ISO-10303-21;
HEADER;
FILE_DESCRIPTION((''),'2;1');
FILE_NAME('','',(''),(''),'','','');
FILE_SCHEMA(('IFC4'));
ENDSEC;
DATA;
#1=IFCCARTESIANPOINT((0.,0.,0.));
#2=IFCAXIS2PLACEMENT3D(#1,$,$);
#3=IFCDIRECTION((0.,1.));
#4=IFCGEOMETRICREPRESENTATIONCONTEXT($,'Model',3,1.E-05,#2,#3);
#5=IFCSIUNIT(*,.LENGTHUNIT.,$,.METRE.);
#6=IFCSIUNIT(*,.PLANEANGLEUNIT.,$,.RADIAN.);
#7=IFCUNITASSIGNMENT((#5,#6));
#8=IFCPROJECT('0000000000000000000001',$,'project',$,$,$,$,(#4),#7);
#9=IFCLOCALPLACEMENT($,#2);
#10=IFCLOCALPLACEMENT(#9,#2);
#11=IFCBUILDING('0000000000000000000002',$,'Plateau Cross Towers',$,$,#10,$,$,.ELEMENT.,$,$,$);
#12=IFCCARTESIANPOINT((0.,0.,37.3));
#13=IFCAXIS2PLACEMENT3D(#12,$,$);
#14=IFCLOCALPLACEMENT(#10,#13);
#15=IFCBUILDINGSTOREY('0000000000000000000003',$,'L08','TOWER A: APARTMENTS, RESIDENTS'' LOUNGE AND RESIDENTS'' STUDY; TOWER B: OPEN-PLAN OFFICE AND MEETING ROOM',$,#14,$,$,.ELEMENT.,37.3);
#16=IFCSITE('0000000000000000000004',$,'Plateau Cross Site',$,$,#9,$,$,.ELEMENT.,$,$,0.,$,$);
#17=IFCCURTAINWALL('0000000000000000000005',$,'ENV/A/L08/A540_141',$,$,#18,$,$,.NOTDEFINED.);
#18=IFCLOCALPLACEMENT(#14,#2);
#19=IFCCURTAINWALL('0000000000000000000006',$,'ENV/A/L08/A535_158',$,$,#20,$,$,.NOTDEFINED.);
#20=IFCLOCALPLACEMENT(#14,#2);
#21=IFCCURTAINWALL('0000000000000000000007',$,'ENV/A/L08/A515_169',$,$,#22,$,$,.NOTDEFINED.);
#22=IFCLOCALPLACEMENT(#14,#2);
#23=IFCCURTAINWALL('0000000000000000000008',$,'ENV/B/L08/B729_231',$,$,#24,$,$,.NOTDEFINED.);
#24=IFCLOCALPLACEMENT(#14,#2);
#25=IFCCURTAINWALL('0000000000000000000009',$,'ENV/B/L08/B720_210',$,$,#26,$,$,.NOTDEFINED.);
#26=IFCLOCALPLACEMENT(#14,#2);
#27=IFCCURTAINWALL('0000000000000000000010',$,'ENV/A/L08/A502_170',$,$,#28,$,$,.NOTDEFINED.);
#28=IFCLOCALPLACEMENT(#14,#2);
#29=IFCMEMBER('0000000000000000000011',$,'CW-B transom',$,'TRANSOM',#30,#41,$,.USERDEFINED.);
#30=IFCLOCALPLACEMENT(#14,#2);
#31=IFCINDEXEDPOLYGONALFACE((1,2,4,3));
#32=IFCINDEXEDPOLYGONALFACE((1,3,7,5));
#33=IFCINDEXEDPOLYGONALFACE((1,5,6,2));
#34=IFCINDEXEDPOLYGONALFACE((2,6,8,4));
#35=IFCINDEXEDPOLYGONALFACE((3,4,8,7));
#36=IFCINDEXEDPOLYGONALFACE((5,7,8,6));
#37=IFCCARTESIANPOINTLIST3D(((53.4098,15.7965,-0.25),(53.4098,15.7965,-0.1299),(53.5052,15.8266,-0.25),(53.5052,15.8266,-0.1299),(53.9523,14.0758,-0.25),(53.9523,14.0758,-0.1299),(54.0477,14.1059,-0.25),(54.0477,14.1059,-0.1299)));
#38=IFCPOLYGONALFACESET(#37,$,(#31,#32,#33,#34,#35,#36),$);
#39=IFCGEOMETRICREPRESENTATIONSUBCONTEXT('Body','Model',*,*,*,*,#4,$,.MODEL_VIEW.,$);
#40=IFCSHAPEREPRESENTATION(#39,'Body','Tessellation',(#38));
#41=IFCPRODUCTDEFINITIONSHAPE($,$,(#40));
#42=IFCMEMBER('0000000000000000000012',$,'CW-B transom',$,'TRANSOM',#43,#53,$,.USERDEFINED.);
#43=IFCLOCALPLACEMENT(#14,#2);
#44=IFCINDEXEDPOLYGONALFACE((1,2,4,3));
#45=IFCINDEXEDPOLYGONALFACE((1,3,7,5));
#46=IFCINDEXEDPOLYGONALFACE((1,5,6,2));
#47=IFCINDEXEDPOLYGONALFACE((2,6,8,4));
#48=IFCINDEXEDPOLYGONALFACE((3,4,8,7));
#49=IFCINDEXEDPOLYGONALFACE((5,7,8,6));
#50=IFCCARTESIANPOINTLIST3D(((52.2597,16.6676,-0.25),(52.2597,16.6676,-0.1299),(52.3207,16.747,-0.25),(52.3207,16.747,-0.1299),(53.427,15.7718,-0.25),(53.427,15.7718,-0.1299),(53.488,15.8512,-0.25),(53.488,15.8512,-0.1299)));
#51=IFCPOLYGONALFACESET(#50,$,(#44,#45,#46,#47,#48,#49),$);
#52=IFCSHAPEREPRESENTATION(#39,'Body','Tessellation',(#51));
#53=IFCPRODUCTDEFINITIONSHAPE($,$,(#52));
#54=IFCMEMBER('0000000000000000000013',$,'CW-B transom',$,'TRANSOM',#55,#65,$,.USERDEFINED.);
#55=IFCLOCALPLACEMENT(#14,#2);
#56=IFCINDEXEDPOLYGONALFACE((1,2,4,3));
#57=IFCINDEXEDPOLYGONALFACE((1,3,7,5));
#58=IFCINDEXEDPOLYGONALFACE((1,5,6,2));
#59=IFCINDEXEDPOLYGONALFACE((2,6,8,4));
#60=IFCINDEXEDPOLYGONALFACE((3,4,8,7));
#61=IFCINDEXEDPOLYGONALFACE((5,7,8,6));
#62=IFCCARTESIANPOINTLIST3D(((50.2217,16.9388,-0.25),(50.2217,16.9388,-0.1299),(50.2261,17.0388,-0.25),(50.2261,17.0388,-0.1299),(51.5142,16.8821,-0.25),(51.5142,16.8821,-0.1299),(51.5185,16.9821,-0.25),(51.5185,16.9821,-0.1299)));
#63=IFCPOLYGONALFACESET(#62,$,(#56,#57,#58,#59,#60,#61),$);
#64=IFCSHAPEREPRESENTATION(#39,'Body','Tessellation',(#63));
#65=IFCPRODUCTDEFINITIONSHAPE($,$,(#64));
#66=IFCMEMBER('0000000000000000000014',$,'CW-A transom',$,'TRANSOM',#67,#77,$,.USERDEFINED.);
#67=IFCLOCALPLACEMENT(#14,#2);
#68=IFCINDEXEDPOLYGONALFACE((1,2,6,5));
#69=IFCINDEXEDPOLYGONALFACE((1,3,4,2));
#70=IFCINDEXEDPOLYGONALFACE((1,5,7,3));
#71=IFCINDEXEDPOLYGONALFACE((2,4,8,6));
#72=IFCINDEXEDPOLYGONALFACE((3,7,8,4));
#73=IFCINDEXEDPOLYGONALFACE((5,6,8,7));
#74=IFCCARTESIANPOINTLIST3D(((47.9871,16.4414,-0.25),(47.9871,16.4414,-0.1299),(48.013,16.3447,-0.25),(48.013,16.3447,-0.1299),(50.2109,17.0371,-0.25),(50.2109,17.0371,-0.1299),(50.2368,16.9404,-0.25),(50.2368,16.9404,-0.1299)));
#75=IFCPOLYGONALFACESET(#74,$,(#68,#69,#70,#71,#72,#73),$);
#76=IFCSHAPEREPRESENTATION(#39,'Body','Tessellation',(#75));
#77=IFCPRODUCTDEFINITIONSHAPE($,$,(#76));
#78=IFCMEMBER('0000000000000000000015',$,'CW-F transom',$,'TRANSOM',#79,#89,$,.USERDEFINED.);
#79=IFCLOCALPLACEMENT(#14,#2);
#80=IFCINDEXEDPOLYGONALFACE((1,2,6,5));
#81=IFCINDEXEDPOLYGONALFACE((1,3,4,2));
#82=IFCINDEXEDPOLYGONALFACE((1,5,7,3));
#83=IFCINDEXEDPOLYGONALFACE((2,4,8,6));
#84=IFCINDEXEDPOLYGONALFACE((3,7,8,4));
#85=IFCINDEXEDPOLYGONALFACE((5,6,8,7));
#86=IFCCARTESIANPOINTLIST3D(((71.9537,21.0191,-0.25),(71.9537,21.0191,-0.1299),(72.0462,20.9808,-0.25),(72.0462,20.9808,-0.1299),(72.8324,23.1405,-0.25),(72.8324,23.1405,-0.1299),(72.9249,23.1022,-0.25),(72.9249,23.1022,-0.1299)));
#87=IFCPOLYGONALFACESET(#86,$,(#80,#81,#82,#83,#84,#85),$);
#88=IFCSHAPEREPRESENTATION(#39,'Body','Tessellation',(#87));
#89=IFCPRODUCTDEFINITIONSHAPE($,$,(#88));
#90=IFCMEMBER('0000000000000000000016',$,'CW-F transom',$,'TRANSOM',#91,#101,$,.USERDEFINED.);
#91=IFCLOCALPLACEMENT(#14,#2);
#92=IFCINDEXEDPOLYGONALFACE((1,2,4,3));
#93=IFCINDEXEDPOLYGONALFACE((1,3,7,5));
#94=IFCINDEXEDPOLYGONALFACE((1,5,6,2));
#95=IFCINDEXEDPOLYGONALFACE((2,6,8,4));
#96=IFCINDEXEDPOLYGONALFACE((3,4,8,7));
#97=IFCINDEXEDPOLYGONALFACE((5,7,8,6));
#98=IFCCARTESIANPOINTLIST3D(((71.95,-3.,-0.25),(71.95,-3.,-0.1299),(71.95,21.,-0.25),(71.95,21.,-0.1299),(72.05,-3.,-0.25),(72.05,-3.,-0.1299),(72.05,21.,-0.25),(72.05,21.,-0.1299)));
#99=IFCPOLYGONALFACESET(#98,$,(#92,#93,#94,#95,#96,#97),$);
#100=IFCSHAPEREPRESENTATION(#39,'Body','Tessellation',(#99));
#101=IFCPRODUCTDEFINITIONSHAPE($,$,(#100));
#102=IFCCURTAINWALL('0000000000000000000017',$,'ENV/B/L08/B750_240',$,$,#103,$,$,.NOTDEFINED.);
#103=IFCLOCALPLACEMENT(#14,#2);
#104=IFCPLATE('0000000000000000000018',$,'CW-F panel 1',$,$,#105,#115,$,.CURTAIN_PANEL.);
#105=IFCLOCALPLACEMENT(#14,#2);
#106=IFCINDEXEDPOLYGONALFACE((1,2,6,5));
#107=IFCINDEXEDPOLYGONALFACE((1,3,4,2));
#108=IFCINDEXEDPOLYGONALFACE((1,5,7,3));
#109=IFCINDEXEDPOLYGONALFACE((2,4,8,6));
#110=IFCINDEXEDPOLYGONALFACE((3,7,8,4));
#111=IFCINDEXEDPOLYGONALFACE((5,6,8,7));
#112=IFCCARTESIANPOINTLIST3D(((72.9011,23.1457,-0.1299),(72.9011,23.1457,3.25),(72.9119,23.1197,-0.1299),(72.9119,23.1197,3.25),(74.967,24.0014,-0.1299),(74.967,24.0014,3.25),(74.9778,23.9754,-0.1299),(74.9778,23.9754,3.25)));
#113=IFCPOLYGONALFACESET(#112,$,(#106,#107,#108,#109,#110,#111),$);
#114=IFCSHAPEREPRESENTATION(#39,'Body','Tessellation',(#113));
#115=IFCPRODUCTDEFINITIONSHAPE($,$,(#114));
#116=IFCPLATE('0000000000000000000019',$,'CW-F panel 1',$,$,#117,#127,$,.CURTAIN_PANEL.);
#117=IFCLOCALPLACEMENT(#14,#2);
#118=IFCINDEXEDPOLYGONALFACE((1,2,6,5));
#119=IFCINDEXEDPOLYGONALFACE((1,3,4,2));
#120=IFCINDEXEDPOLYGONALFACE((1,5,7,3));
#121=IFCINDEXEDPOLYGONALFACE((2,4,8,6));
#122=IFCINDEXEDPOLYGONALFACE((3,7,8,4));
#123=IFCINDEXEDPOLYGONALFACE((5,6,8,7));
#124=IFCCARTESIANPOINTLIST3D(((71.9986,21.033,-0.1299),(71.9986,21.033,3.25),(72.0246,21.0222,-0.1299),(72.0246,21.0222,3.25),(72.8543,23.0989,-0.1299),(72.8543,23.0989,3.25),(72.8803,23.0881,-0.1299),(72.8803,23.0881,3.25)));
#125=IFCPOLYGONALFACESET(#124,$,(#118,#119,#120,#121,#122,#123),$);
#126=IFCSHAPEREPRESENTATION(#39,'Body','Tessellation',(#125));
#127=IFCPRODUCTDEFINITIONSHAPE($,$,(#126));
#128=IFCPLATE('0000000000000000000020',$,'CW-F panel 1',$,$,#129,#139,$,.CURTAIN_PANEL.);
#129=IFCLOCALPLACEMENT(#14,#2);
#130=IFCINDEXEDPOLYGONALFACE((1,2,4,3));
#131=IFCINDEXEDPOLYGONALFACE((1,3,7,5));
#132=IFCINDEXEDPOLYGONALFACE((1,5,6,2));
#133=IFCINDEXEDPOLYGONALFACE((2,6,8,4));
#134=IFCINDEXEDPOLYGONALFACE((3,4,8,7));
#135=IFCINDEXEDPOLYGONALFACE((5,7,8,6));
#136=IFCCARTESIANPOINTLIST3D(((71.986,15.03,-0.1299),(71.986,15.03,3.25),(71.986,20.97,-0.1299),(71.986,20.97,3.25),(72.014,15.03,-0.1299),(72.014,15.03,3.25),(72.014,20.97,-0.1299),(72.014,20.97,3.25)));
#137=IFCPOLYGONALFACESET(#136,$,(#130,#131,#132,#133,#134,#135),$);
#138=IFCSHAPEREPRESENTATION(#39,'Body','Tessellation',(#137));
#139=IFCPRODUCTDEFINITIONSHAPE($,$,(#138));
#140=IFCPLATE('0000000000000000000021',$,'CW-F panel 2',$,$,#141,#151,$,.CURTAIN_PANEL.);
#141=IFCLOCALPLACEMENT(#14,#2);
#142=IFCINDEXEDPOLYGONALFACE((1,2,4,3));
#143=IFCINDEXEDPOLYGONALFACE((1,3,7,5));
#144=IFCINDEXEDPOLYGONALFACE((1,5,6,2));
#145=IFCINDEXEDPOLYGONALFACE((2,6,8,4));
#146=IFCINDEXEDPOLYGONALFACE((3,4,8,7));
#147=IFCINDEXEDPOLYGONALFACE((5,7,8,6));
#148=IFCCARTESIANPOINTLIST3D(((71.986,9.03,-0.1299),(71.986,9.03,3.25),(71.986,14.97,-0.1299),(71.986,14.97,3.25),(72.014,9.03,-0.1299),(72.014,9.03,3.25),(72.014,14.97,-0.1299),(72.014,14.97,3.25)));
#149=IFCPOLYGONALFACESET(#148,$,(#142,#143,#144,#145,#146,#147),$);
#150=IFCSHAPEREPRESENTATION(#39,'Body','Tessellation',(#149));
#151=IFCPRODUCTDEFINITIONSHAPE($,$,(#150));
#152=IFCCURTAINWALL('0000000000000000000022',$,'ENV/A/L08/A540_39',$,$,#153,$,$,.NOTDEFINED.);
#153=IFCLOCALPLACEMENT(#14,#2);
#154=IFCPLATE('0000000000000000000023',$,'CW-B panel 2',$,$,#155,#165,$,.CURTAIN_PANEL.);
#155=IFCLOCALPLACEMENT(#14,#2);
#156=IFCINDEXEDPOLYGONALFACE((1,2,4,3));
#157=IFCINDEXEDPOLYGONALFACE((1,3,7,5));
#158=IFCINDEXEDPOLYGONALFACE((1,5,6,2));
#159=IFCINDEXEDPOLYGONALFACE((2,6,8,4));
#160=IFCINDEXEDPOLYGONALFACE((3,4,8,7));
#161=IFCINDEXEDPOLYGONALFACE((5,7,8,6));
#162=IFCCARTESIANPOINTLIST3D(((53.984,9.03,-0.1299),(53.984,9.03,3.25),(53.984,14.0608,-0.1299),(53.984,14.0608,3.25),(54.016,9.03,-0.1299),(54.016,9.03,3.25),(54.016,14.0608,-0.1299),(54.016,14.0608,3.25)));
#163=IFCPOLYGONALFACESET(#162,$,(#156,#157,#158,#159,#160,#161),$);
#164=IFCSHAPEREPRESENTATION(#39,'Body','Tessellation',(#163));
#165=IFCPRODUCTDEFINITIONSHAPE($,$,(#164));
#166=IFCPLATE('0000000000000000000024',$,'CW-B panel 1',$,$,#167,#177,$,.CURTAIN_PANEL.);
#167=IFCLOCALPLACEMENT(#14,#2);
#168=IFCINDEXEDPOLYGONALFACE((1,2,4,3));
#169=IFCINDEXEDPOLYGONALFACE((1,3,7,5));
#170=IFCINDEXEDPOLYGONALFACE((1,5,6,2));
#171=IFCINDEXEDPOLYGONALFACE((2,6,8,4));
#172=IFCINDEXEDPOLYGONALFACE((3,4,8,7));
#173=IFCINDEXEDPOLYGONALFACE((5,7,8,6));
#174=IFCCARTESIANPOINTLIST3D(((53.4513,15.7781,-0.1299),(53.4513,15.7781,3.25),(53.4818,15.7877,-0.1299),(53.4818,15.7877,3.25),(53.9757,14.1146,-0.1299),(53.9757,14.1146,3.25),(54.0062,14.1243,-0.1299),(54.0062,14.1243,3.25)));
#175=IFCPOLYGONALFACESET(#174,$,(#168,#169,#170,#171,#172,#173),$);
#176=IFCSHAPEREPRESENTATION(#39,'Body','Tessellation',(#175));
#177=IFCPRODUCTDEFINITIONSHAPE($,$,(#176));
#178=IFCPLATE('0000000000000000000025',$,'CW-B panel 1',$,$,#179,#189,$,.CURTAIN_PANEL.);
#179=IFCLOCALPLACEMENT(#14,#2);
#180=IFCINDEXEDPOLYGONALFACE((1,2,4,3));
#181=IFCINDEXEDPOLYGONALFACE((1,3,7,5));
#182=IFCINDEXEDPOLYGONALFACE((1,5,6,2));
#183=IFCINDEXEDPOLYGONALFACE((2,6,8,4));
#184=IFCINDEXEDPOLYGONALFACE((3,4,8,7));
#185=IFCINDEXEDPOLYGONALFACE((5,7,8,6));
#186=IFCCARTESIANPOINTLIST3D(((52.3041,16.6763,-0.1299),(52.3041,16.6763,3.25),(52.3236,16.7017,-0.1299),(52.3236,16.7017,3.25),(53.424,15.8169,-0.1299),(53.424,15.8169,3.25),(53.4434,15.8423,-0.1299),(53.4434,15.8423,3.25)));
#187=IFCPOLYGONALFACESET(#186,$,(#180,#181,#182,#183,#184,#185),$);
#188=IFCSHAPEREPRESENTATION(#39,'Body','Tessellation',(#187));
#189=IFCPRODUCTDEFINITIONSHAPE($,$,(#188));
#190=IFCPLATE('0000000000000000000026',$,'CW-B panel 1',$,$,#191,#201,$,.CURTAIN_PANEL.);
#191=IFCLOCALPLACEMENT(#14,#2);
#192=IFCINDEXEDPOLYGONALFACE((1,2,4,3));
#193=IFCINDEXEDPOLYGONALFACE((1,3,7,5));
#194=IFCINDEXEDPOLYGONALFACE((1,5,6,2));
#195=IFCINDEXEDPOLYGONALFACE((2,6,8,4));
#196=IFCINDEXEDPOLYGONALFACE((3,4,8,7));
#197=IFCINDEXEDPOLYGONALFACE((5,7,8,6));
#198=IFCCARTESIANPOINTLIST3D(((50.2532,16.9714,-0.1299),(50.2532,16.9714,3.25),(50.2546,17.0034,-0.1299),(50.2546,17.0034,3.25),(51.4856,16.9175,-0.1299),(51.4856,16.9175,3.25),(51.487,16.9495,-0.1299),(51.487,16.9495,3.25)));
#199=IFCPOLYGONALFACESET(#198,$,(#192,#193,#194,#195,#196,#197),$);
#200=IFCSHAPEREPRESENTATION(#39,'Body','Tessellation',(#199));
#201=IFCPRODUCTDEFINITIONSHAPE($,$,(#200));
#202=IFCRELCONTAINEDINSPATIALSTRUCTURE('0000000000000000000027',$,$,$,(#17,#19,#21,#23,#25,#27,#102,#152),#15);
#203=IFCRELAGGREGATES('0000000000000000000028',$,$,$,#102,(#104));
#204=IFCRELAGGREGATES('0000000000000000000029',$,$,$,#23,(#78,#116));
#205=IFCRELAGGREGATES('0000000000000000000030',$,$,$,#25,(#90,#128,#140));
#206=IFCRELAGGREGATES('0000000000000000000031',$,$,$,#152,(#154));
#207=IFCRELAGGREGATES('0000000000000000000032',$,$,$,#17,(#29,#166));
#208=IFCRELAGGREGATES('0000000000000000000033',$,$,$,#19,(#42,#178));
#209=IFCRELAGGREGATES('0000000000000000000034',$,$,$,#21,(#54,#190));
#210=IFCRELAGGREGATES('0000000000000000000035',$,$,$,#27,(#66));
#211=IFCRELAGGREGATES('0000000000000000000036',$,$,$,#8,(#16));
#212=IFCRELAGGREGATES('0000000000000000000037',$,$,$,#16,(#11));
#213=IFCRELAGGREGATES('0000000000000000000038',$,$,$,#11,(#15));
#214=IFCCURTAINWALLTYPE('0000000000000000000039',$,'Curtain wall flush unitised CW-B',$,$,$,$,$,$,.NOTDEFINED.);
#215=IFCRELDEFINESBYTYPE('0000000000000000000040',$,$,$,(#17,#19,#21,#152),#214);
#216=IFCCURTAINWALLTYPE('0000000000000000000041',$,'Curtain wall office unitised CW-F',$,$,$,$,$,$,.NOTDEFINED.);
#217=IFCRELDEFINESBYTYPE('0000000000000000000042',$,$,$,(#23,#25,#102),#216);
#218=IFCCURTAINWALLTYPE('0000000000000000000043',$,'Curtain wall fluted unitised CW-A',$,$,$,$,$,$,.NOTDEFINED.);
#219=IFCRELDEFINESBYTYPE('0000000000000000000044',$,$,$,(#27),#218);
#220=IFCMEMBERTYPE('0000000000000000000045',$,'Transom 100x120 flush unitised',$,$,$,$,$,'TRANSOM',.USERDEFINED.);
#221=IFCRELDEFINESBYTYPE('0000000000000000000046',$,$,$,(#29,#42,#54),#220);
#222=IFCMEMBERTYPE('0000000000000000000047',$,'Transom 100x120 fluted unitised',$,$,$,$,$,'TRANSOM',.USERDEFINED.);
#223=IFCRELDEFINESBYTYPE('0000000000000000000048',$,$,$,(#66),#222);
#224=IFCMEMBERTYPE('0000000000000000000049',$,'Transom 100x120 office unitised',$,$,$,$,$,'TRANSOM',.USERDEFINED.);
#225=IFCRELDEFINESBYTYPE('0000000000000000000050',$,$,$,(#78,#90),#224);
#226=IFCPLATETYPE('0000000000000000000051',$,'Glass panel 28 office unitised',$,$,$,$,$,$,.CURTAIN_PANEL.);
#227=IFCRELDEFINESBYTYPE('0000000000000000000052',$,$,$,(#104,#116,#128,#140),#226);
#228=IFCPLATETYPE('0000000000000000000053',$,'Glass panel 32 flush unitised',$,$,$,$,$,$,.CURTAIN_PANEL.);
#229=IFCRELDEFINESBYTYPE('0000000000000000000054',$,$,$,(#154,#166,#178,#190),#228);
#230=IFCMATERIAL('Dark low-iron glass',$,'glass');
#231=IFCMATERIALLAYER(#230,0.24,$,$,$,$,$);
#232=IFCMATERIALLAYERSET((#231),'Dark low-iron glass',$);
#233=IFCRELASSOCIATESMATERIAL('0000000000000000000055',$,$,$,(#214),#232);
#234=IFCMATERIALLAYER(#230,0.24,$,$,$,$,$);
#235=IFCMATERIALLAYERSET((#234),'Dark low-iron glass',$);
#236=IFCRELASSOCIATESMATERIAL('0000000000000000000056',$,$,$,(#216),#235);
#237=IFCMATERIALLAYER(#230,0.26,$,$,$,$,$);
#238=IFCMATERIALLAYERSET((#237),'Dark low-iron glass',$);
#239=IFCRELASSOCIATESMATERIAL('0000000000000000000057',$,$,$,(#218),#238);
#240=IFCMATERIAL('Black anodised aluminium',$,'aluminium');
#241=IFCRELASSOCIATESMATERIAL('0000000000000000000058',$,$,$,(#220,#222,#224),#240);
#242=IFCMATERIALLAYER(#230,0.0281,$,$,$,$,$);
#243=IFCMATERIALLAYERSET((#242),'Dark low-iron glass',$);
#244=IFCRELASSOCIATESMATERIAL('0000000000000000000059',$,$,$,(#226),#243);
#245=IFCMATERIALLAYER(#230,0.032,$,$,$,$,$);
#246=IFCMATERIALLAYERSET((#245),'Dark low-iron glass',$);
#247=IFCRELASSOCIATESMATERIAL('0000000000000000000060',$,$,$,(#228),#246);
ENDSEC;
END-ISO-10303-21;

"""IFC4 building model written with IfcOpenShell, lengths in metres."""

from ifc_helpers import new_model, si_unit, direction, frame, origin, origin_2d, place, context, subcontext, project, spatial, rectangle, extrude, material, layer, layer_set, material_profile, profile_set, type_object, element, aggregate, save


model = new_model("IFC4")

# Units and contexts
model_context = context("Model", 3, precision=1e-05, world=origin(), true_north=direction((0.0, 1.0)))
body_context = subcontext(model_context, "Body", "Model", "MODEL_VIEW")
ifc_project = project(units=[si_unit("LENGTHUNIT", "METRE"), si_unit("PLANEANGLEUNIT", "RADIAN")], contexts=[model_context])

# Site, building, storey
site_placement = place(None, origin())
site = spatial("IfcSite", under=ifc_project, at=site_placement, Name="Plateau Cross Site", CompositionType="ELEMENT", RefElevation=0.0)
building_placement = place(site_placement, origin())
building = spatial("IfcBuilding", under=site, at=building_placement, Name="Plateau Cross Towers", CompositionType="ELEMENT")
storey_placement = place(building_placement, frame((0.0, 0.0, 37.3)))
storey = spatial("IfcBuildingStorey", under=building, at=storey_placement, Name="L08", Description="TOWER A: APARTMENTS, RESIDENTS' LOUNGE AND RESIDENTS' STUDY; TOWER B: OPEN-PLAN OFFICE AND MEETING ROOM", CompositionType="ELEMENT", Elevation=37.3)

# Curtain wall
ifc_material_1 = material(Name="Dark low-iron glass", Category="glass")
ifc_layer_1 = layer(ifc_material_1, 0.24)
ifc_layer_set_1 = layer_set([ifc_layer_1], Name="Dark low-iron glass")
curtain_wall_type_1 = type_object("IfcCurtainWallType", Name="Curtain wall flush unitised CW-B", PredefinedType="NOTDEFINED", material=ifc_layer_set_1)
curtain_wall_1_placement = place(storey_placement, origin())
curtain_wall_1 = element("IfcCurtainWall", 1, at=curtain_wall_1_placement, inside=storey, type_object=curtain_wall_type_1, Name="ENV/A/L08/A540_141", PredefinedType="NOTDEFINED")
ifc_material_2 = material(Name="Black anodised aluminium", Category="aluminium")

# Curtain wall
curtain_wall_2_placement = place(storey_placement, origin())
curtain_wall_2 = element("IfcCurtainWall", 2, at=curtain_wall_2_placement, inside=storey, type_object=curtain_wall_type_1, Name="ENV/A/L08/A535_158", PredefinedType="NOTDEFINED")

# Curtain walls
curtain_wall_3_placement = place(storey_placement, origin())
curtain_wall_3 = element("IfcCurtainWall", 3, at=curtain_wall_3_placement, inside=storey, type_object=curtain_wall_type_1, Name="ENV/A/L08/A515_169", PredefinedType="NOTDEFINED")
ifc_layer_2 = layer(ifc_material_1, 0.24)
ifc_layer_set_2 = layer_set([ifc_layer_2], Name="Dark low-iron glass")
curtain_wall_type_2 = type_object("IfcCurtainWallType", Name="Curtain wall office unitised CW-F", PredefinedType="NOTDEFINED", material=ifc_layer_set_2)
curtain_wall_4_placement = place(storey_placement, origin())
curtain_wall_4 = element("IfcCurtainWall", 4, at=curtain_wall_4_placement, inside=storey, type_object=curtain_wall_type_2, Name="ENV/B/L08/B729_231", PredefinedType="NOTDEFINED")

# Curtain wall
curtain_wall_5_placement = place(storey_placement, origin())
curtain_wall_5 = element("IfcCurtainWall", 5, at=curtain_wall_5_placement, inside=storey, type_object=curtain_wall_type_2, Name="ENV/B/L08/B720_210", PredefinedType="NOTDEFINED")

# Curtain wall
ifc_layer_3 = layer(ifc_material_1, 0.26)
ifc_layer_set_3 = layer_set([ifc_layer_3], Name="Dark low-iron glass")
curtain_wall_type_3 = type_object("IfcCurtainWallType", Name="Curtain wall fluted unitised CW-A", PredefinedType="NOTDEFINED", material=ifc_layer_set_3)
curtain_wall_6_placement = place(storey_placement, origin())
curtain_wall_6 = element("IfcCurtainWall", 6, at=curtain_wall_6_placement, inside=storey, type_object=curtain_wall_type_3, Name="ENV/A/L08/A502_170", PredefinedType="NOTDEFINED")

# Members
ifc_material_profile_1 = material_profile(ifc_material_2, rectangle(XDim=0.1001, YDim=0.1201, at=origin_2d()), Name="TRANSOM 100x120")
ifc_profile_set_1 = profile_set([ifc_material_profile_1], Name="Black anodised aluminium")
member_type_1 = type_object("IfcMemberType", Name="Transom 100x120 flush unitised", ElementType="TRANSOM", PredefinedType="USERDEFINED", material=ifc_profile_set_1)
member_1_placement = place(storey_placement, frame((54.0, 14.0908, -0.1899), z_axis=(-0.300678, 0.953726, 0.0), x_axis=(-0.953726, -0.300678, 0.0)))
member_1 = element("IfcMember", 7, at=member_1_placement, type_object=member_type_1, Name="CW-B transom", ObjectType="TRANSOM", PredefinedType="USERDEFINED", context=body_context, shape_type="SweptSolid", body=[
    extrude(rectangle(XDim=0.1001, YDim=0.1201, at=origin_2d()), origin(), (0.0, 0.0, 1.0), 1.8042),
])
member_2_placement = place(storey_placement, frame((53.4575, 15.8115, -0.1899), z_axis=(-0.793321, 0.608804, 0.0), x_axis=(-0.608804, -0.793321, 0.0)))
member_2 = element("IfcMember", 8, at=member_2_placement, type_object=member_type_1, Name="CW-B transom", ObjectType="TRANSOM", PredefinedType="USERDEFINED", context=body_context, shape_type="SweptSolid", body=[
    extrude(rectangle(XDim=0.1001, YDim=0.1201, at=origin_2d()), origin(), (0.0, 0.0, 1.0), 1.4714),
])
member_3_placement = place(storey_placement, frame((51.5164, 16.9321, -0.1899), z_axis=(-0.999041, 0.043781, 0.0), x_axis=(-0.043781, -0.999041, 0.0)))
member_3 = element("IfcMember", 9, at=member_3_placement, type_object=member_type_1, Name="CW-B transom", ObjectType="TRANSOM", PredefinedType="USERDEFINED", context=body_context, shape_type="SweptSolid", body=[
    extrude(rectangle(XDim=0.1001, YDim=0.1201, at=origin_2d()), origin(), (0.0, 0.0, 1.0), 1.2937),
])
ifc_material_profile_2 = material_profile(ifc_material_2, rectangle(XDim=0.1001, YDim=0.1201, at=origin_2d()), Name="TRANSOM 100x120")
ifc_profile_set_2 = profile_set([ifc_material_profile_2], Name="Black anodised aluminium")
member_type_2 = type_object("IfcMemberType", Name="Transom 100x120 fluted unitised", ElementType="TRANSOM", PredefinedType="USERDEFINED", material=ifc_profile_set_2)
member_4_placement = place(storey_placement, frame((50.2239, 16.9888, -0.1899), z_axis=(-0.965946, -0.258745, 0.0), x_axis=(0.258745, -0.965946, 0.0)))
member_4 = element("IfcMember", 10, at=member_4_placement, type_object=member_type_2, Name="CW-A transom", ObjectType="TRANSOM", PredefinedType="USERDEFINED", context=body_context, shape_type="SweptSolid", body=[
    extrude(rectangle(XDim=0.1001, YDim=0.1201, at=origin_2d()), origin(), (0.0, 0.0, 1.0), 2.3022),
])
ifc_material_profile_3 = material_profile(ifc_material_2, rectangle(XDim=0.1001, YDim=0.1201, at=origin_2d()), Name="TRANSOM 100x120")
ifc_profile_set_3 = profile_set([ifc_material_profile_3], Name="Black anodised aluminium")
member_type_3 = type_object("IfcMemberType", Name="Transom 100x120 office unitised", ElementType="TRANSOM", PredefinedType="USERDEFINED", material=ifc_profile_set_3)
member_5_placement = place(storey_placement, frame((72.8787, 23.1213, -0.1899), z_axis=(-0.382674, -0.923883, 0.0), x_axis=(0.923883, -0.382674, 0.0)))
member_5 = element("IfcMember", 11, at=member_5_placement, type_object=member_type_3, Name="CW-F transom", ObjectType="TRANSOM", PredefinedType="USERDEFINED", context=body_context, shape_type="SweptSolid", body=[
    extrude(rectangle(XDim=0.1001, YDim=0.1201, at=origin_2d()), origin(), (0.0, 0.0, 1.0), 2.2961),
])
member_6_placement = place(storey_placement, frame((72.0, 21.0, -0.1899), z_axis=(0.0, -1.0, 0.0), x_axis=(1.0, 0.0, 0.0)))
member_6 = element("IfcMember", 12, at=member_6_placement, type_object=member_type_3, Name="CW-F transom", ObjectType="TRANSOM", PredefinedType="USERDEFINED", context=body_context, shape_type="SweptSolid", body=[
    extrude(rectangle(XDim=0.1001, YDim=0.1201, at=origin_2d()), origin(), (0.0, 0.0, 1.0), 24.0),
])

# Curtain wall, plate
curtain_wall_7_placement = place(storey_placement, origin())
curtain_wall_7 = element("IfcCurtainWall", 13, at=curtain_wall_7_placement, inside=storey, type_object=curtain_wall_type_2, Name="ENV/B/L08/B750_240", PredefinedType="NOTDEFINED")
ifc_layer_4 = layer(ifc_material_1, 0.0281)
ifc_layer_set_4 = layer_set([ifc_layer_4], Name="Dark low-iron glass")
plate_type_1 = type_object("IfcPlateType", Name="Glass panel 28 office unitised", PredefinedType="CURTAIN_PANEL", material=ifc_layer_set_4)
plate_1_placement = place(storey_placement, frame((73.9395, 23.5605, -0.1299), z_axis=(0.0, 0.0, 1.0), x_axis=(-0.923879, -0.382684, 0.0)))
plate_1 = element("IfcPlate", 14, at=plate_1_placement, type_object=plate_type_1, Name="CW-F panel 1", PredefinedType="CURTAIN_PANEL", context=body_context, shape_type="SweptSolid", body=[
    extrude(rectangle(XDim=2.2361, YDim=0.0281, at=origin_2d()), origin(), (0.0, 0.0, 1.0), 3.3799),
])
aggregate(curtain_wall_7, [plate_1])

# Plates
plate_2_placement = place(storey_placement, frame((72.4395, 22.0605, -0.1299), z_axis=(0.0, 0.0, 1.0), x_axis=(-0.382684, -0.923879, 0.0)))
plate_2 = element("IfcPlate", 15, at=plate_2_placement, type_object=plate_type_1, Name="CW-F panel 1", PredefinedType="CURTAIN_PANEL", context=body_context, shape_type="SweptSolid", body=[
    extrude(rectangle(XDim=2.2361, YDim=0.0281, at=origin_2d()), origin(), (0.0, 0.0, 1.0), 3.3799),
])
aggregate(curtain_wall_4, [member_5, plate_2])
plate_3_placement = place(storey_placement, frame((72.0, 18.0, -0.1299), z_axis=(0.0, 0.0, 1.0), x_axis=(0.0, -1.0, 0.0)))
plate_3 = element("IfcPlate", 16, at=plate_3_placement, type_object=plate_type_1, Name="CW-F panel 1", PredefinedType="CURTAIN_PANEL", context=body_context, shape_type="SweptSolid", body=[
    extrude(rectangle(XDim=5.9399, YDim=0.0281, at=origin_2d()), origin(), (0.0, 0.0, 1.0), 3.3799),
])
plate_4_placement = place(storey_placement, frame((72.0, 12.0, -0.1299), z_axis=(0.0, 0.0, 1.0), x_axis=(0.0, -1.0, 0.0)))
plate_4 = element("IfcPlate", 17, at=plate_4_placement, type_object=plate_type_1, Name="CW-F panel 2", PredefinedType="CURTAIN_PANEL", context=body_context, shape_type="SweptSolid", body=[
    extrude(rectangle(XDim=5.9399, YDim=0.0281, at=origin_2d()), origin(), (0.0, 0.0, 1.0), 3.3799),
])
aggregate(curtain_wall_5, [member_6, plate_3, plate_4])

# Curtain wall, plate
curtain_wall_8_placement = place(storey_placement, origin())
curtain_wall_8 = element("IfcCurtainWall", 18, at=curtain_wall_8_placement, inside=storey, type_object=curtain_wall_type_1, Name="ENV/A/L08/A540_39", PredefinedType="NOTDEFINED")
ifc_layer_5 = layer(ifc_material_1, 0.032)
ifc_layer_set_5 = layer_set([ifc_layer_5], Name="Dark low-iron glass")
plate_type_2 = type_object("IfcPlateType", Name="Glass panel 32 flush unitised", PredefinedType="CURTAIN_PANEL", material=ifc_layer_set_5)
plate_5_placement = place(storey_placement, frame((54.0, 11.5454, -0.1299), z_axis=(0.0, 0.0, 1.0), x_axis=(0.0, 1.0, 0.0)))
plate_5 = element("IfcPlate", 19, at=plate_5_placement, type_object=plate_type_2, Name="CW-B panel 2", PredefinedType="CURTAIN_PANEL", context=body_context, shape_type="SweptSolid", body=[
    extrude(rectangle(XDim=5.0308, YDim=0.032, at=origin_2d()), origin(), (0.0, 0.0, 1.0), 3.3799),
])
aggregate(curtain_wall_8, [plate_5])

# Plates
plate_6_placement = place(storey_placement, frame((53.7288, 14.9512, -0.1299), z_axis=(0.0, 0.0, 1.0), x_axis=(-0.300686, 0.953723, 0.0)))
plate_6 = element("IfcPlate", 20, at=plate_6_placement, type_object=plate_type_2, Name="CW-B panel 1", PredefinedType="CURTAIN_PANEL", context=body_context, shape_type="SweptSolid", body=[
    extrude(rectangle(XDim=1.7441, YDim=0.032, at=origin_2d()), origin(), (0.0, 0.0, 1.0), 3.3799),
])
aggregate(curtain_wall_1, [member_1, plate_6])
plate_7_placement = place(storey_placement, frame((52.8738, 16.2593, -0.1299), z_axis=(0.0, 0.0, 1.0), x_axis=(-0.793316, 0.608811, 0.0)))
plate_7 = element("IfcPlate", 21, at=plate_7_placement, type_object=plate_type_2, Name="CW-B panel 1", PredefinedType="CURTAIN_PANEL", context=body_context, shape_type="SweptSolid", body=[
    extrude(rectangle(XDim=1.4116, YDim=0.032, at=origin_2d()), origin(), (0.0, 0.0, 1.0), 3.3799),
])
aggregate(curtain_wall_2, [member_2, plate_7])
plate_8_placement = place(storey_placement, frame((50.8701, 16.9604, -0.1299), z_axis=(0.0, 0.0, 1.0), x_axis=(-0.999044, 0.043723, 0.0)))
plate_8 = element("IfcPlate", 22, at=plate_8_placement, type_object=plate_type_2, Name="CW-B panel 1", PredefinedType="CURTAIN_PANEL", context=body_context, shape_type="SweptSolid", body=[
    extrude(rectangle(XDim=1.2336, YDim=0.032, at=origin_2d()), origin(), (0.0, 0.0, 1.0), 3.3799),
])
aggregate(curtain_wall_3, [member_3, plate_8])
aggregate(curtain_wall_6, [member_4])

save(model, "model.ifc")
